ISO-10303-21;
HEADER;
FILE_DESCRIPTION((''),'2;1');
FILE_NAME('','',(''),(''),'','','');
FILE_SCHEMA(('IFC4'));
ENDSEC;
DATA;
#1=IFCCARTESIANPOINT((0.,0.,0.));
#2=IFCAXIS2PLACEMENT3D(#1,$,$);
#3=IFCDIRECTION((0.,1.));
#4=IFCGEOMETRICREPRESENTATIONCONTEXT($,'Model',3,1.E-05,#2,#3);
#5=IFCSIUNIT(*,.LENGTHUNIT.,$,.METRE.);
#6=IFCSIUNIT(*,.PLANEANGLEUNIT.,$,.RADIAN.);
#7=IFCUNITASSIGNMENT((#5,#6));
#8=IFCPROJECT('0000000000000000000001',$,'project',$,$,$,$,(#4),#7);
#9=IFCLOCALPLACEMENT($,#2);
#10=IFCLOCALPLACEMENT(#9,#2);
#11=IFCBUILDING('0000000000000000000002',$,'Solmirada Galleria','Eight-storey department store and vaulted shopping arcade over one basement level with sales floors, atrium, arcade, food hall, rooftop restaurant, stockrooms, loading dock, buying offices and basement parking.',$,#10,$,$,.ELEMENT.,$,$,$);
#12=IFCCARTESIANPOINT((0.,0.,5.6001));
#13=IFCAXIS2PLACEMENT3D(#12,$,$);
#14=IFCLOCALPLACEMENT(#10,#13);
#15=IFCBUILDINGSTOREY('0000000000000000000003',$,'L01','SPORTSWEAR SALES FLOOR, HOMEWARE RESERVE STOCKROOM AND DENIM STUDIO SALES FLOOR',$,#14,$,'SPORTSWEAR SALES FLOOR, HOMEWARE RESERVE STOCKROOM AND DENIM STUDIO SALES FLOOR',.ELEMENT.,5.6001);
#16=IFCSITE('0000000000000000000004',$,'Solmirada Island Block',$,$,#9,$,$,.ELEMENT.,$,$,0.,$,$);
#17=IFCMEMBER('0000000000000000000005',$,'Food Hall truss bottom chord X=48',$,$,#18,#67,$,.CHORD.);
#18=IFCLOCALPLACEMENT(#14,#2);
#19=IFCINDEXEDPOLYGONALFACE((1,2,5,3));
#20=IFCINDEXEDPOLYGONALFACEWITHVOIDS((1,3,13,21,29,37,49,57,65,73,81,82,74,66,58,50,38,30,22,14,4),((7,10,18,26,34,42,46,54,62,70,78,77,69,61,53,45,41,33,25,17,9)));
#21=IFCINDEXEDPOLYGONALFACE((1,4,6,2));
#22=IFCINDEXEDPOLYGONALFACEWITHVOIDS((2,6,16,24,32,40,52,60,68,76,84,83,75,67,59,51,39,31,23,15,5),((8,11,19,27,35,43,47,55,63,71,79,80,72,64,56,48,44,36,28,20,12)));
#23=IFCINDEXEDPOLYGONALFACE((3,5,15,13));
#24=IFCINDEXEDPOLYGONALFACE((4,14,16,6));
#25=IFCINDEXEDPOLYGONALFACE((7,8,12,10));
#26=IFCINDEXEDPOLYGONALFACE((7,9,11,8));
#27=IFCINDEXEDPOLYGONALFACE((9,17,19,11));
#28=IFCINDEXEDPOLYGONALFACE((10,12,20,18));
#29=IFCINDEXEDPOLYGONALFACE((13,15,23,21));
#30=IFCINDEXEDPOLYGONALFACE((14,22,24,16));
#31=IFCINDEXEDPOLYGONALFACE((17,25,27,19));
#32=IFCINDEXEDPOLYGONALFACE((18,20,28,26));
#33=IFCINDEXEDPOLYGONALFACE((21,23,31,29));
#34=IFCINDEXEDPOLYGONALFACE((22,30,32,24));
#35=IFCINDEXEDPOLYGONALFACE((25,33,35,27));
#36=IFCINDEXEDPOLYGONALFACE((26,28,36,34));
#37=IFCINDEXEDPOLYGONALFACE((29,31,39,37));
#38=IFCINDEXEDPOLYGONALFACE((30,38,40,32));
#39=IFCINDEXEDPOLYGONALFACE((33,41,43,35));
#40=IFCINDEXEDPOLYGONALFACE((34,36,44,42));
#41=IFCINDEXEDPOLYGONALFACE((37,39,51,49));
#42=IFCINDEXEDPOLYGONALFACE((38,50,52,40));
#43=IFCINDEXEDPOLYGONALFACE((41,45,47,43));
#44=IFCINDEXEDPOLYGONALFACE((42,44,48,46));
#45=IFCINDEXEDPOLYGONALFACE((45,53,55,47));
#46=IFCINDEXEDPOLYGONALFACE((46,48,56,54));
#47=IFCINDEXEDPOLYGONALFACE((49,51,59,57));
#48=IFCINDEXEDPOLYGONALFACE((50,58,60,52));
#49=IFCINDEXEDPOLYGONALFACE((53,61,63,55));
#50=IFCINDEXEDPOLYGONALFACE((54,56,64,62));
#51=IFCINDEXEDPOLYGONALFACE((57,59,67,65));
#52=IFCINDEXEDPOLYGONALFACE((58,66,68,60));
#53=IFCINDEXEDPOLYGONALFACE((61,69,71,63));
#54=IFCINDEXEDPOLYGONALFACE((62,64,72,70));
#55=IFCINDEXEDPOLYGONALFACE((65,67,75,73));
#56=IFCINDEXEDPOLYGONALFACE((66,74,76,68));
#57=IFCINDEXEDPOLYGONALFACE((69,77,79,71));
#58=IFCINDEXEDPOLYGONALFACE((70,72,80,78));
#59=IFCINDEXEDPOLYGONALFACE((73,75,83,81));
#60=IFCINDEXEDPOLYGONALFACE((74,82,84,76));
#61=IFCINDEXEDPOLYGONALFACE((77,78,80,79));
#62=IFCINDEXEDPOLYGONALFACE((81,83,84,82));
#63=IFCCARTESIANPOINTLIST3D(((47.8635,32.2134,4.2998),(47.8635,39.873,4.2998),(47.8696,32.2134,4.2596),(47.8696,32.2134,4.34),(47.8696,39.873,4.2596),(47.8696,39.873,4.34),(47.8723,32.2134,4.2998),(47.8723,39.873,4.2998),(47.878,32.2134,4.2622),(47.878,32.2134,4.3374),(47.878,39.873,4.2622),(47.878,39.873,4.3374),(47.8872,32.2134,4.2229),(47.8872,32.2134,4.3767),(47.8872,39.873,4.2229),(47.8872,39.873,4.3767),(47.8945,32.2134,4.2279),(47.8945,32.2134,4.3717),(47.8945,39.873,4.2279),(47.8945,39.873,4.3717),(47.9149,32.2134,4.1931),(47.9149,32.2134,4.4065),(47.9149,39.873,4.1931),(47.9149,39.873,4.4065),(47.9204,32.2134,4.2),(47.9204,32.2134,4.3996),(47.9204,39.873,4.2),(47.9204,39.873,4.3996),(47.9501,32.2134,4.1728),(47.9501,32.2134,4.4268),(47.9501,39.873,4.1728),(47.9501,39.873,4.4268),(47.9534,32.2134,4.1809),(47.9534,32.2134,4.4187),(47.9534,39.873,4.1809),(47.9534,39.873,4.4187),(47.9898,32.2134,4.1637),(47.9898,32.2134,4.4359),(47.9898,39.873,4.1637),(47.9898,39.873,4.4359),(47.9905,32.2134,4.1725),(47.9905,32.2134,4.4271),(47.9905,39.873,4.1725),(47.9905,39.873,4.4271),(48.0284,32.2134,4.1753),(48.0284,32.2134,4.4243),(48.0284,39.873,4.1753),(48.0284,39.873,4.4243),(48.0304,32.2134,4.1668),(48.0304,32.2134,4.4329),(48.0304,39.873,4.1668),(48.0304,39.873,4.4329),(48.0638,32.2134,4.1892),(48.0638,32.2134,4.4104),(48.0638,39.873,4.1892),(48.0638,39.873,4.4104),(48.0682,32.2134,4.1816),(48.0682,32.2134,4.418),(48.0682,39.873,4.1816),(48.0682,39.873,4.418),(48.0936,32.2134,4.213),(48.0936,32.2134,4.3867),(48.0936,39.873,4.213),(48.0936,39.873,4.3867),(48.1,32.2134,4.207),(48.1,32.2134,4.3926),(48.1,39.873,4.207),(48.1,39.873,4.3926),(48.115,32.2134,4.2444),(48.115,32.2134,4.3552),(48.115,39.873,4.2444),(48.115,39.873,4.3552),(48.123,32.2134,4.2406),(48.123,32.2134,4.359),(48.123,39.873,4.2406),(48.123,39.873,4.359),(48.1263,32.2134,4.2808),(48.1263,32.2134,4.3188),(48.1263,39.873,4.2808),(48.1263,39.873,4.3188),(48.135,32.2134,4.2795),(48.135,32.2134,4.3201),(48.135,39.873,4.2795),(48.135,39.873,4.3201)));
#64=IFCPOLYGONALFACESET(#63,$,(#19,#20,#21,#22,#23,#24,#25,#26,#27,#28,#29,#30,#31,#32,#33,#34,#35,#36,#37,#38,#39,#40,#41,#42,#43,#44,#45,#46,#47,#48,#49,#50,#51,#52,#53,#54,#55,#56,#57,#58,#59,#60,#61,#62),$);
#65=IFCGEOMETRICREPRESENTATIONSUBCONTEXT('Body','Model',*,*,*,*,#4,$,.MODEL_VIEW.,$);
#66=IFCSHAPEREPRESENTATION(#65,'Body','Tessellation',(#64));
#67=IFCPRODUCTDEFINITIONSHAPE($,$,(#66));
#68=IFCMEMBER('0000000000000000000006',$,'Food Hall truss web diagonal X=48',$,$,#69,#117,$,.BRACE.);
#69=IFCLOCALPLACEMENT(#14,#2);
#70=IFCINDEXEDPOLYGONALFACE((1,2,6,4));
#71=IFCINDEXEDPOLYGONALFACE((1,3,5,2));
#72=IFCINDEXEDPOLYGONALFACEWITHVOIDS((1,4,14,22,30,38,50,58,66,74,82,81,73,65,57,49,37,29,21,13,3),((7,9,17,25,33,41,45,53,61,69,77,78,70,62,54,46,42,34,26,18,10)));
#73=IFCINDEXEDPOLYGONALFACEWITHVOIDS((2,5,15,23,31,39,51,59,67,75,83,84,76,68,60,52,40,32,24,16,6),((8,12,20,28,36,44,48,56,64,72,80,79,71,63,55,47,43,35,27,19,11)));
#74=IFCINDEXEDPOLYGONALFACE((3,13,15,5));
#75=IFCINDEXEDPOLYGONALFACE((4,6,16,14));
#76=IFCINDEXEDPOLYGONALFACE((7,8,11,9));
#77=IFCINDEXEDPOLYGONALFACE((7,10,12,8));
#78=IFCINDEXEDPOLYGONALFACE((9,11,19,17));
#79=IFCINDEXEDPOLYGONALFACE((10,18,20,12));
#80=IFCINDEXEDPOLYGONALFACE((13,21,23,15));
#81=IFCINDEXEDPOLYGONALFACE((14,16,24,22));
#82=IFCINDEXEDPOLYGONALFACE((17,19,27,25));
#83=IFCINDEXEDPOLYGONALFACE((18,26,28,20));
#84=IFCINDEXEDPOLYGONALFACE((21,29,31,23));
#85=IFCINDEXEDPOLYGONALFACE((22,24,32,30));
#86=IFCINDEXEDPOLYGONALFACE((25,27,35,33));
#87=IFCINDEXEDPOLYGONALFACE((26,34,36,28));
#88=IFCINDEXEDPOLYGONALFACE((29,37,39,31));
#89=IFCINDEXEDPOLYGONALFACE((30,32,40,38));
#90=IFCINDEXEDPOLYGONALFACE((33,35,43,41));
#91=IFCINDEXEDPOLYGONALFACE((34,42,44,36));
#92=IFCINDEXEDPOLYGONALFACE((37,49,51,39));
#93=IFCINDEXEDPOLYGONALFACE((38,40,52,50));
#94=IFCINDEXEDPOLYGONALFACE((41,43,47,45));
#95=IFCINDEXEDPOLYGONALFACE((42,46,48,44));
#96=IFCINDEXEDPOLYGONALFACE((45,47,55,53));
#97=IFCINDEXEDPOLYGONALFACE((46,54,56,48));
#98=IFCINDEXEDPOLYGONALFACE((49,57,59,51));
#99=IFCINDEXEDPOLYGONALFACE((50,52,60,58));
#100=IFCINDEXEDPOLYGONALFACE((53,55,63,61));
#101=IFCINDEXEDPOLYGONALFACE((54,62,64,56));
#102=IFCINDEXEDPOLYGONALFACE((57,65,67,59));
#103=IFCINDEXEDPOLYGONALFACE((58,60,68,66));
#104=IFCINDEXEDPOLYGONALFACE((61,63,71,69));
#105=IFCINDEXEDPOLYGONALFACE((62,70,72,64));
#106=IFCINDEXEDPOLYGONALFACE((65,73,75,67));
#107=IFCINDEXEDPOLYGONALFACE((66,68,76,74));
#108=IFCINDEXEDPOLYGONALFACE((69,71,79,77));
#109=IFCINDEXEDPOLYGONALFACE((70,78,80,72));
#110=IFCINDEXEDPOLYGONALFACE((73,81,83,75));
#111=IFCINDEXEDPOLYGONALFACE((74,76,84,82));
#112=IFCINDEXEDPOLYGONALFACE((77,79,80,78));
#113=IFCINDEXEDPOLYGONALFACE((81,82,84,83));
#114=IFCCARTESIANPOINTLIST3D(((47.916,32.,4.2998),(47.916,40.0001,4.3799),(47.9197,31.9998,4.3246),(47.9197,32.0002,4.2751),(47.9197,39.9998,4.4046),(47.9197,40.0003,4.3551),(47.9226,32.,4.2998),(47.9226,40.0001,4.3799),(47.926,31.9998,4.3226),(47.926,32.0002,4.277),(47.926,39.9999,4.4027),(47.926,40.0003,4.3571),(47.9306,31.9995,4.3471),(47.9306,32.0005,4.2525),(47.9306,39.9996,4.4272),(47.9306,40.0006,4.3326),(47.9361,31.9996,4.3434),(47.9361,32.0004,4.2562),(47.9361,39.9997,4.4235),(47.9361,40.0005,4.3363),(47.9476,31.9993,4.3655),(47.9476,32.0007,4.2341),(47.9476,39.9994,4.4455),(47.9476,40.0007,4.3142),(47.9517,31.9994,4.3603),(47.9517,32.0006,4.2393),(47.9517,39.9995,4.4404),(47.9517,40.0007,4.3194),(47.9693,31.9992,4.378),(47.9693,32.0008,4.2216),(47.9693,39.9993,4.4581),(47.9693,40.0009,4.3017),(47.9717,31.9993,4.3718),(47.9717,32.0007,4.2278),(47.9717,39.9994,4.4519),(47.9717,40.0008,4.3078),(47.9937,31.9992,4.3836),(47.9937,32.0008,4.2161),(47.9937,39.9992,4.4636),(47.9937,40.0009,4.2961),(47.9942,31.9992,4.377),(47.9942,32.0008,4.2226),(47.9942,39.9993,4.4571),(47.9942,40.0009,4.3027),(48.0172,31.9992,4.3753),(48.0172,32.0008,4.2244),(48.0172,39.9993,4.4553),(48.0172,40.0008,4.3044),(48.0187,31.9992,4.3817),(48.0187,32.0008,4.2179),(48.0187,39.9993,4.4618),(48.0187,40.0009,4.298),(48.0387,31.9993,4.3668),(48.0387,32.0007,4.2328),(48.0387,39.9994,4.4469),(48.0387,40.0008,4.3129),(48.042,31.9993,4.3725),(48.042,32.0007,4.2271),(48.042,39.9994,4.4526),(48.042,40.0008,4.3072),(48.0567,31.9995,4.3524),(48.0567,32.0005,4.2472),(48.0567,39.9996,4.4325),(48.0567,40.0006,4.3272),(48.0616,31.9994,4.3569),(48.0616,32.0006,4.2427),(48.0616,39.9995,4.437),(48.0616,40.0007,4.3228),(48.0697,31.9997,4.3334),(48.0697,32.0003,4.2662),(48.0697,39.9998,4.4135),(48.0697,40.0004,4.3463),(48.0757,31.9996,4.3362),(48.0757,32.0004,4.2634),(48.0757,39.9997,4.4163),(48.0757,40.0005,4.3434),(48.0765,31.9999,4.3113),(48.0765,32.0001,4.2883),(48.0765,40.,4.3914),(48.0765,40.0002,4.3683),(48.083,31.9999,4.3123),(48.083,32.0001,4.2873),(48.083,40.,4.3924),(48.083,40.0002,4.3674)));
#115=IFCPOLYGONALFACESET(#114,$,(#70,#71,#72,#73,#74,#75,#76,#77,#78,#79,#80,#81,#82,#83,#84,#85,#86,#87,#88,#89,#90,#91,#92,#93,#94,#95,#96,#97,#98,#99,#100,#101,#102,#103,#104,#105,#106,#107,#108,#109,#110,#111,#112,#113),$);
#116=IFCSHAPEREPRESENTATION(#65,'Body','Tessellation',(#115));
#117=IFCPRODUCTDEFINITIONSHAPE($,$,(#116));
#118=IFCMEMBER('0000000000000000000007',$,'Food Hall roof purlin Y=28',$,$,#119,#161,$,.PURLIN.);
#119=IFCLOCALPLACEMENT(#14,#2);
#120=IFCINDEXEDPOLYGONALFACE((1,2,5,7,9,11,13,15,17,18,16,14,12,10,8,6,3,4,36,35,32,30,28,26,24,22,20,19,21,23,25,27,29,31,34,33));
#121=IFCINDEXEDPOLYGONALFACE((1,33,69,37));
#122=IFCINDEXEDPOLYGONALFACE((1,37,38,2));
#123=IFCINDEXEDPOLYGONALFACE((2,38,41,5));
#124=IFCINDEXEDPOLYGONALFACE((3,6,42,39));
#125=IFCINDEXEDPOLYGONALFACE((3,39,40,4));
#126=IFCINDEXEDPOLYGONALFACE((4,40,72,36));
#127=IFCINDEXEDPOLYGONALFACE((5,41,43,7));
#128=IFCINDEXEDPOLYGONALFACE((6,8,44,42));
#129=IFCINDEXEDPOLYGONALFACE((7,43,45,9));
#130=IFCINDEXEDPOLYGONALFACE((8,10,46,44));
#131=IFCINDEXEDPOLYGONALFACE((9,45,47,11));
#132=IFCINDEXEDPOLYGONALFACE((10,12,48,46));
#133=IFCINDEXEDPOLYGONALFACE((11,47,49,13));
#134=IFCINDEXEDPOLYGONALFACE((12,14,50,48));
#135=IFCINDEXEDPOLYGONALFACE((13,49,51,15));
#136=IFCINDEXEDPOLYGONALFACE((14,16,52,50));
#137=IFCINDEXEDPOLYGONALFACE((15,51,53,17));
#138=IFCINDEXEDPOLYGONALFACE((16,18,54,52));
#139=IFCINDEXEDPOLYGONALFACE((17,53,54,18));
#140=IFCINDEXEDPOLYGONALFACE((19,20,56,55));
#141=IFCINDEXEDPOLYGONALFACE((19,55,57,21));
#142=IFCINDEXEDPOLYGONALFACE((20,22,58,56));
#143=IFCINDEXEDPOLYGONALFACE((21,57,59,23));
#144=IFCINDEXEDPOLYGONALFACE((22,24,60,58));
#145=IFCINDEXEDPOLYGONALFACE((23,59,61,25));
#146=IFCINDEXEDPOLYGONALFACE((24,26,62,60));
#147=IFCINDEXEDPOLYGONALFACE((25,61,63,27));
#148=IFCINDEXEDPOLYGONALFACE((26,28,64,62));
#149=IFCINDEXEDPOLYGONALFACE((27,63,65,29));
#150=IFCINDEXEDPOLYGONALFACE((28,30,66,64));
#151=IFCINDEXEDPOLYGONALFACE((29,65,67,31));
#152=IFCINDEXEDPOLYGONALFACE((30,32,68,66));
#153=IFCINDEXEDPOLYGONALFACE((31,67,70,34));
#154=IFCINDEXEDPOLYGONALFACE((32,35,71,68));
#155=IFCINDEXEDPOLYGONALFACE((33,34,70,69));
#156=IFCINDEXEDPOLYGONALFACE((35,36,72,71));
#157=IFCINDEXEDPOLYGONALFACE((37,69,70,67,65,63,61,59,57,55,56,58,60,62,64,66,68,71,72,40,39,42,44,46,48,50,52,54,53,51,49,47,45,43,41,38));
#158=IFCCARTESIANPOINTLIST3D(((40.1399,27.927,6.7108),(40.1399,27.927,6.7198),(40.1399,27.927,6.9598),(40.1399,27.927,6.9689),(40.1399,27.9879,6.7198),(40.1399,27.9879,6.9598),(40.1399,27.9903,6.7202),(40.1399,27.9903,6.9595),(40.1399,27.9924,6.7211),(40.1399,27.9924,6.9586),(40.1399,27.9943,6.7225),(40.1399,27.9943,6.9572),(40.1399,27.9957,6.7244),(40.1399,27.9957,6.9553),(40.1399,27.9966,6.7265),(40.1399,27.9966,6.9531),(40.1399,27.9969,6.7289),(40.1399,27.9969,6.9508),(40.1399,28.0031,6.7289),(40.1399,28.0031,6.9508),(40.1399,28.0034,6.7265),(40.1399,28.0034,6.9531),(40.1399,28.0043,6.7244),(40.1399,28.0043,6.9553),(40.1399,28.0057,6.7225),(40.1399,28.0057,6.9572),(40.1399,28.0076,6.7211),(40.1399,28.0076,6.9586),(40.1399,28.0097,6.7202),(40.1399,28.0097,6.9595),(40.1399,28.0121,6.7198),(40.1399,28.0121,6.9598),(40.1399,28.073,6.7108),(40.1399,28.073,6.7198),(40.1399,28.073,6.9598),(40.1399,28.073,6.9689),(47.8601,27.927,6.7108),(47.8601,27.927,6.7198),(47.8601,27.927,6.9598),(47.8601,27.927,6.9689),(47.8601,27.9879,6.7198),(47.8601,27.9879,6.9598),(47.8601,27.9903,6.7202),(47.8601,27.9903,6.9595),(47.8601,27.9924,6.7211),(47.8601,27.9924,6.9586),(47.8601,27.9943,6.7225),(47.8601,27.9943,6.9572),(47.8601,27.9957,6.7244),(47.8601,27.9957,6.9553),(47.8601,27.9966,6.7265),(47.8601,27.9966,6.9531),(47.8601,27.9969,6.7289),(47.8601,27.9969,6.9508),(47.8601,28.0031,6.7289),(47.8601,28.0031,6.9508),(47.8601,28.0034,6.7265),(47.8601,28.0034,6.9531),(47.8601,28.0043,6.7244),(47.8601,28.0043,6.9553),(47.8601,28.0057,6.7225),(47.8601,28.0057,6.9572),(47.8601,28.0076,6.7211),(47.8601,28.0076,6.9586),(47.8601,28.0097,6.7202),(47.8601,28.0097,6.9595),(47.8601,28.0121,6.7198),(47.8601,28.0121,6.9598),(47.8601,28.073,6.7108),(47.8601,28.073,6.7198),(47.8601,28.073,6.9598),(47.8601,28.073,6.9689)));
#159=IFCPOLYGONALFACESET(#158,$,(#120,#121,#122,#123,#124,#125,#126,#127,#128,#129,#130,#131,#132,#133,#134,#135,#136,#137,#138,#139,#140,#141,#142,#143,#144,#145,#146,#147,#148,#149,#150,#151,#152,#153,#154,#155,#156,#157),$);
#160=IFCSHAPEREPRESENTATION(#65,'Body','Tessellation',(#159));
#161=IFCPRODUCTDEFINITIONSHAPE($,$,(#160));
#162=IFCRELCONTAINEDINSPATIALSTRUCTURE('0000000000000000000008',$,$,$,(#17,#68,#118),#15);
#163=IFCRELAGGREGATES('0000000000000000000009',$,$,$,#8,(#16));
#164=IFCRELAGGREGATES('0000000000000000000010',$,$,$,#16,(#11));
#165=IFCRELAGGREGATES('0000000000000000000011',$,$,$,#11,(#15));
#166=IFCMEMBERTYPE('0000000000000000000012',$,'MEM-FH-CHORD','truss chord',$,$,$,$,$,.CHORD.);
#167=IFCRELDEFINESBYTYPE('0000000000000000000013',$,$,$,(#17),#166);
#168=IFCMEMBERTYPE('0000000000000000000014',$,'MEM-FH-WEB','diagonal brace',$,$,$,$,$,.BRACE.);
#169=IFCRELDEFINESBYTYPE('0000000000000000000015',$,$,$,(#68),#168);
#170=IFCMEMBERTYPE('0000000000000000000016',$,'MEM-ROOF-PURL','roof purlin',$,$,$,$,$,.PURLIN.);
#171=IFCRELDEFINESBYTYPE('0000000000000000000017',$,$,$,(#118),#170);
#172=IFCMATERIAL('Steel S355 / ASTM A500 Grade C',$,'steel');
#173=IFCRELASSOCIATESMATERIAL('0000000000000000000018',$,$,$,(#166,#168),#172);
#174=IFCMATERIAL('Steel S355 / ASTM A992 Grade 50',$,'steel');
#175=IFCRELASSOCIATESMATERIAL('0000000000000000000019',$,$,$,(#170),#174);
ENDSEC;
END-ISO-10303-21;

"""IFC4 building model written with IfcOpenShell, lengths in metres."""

from ifc_helpers import new_model, si_unit, direction, frame, origin, origin_2d, place, context, subcontext, project, spatial, hollow_circle, i_section, extrude, material, material_profile, profile_set, type_object, element, save


model = new_model("IFC4")

# Units and contexts
model_context = context("Model", 3, precision=1e-05, world=origin(), true_north=direction((0.0, 1.0)))
body_context = subcontext(model_context, "Body", "Model", "MODEL_VIEW")
ifc_project = project(units=[si_unit("LENGTHUNIT", "METRE"), si_unit("PLANEANGLEUNIT", "RADIAN")], contexts=[model_context])

# Site, building, storey
site_placement = place(None, origin())
site = spatial("IfcSite", under=ifc_project, at=site_placement, Name="Solmirada Island Block", CompositionType="ELEMENT", RefElevation=0.0)
building_placement = place(site_placement, origin())
building = spatial("IfcBuilding", under=site, at=building_placement, Name="Solmirada Galleria", Description="Eight-storey department store and vaulted shopping arcade over one basement level with sales floors, atrium, arcade, food hall, rooftop restaurant, stockrooms, loading dock, buying offices and basement parking.", CompositionType="ELEMENT")
storey_placement = place(building_placement, frame((0.0, 0.0, 5.6001)))
storey = spatial("IfcBuildingStorey", under=building, at=storey_placement, Name="L01", Description="SPORTSWEAR SALES FLOOR, HOMEWARE RESERVE STOCKROOM AND DENIM STUDIO SALES FLOOR", LongName="SPORTSWEAR SALES FLOOR, HOMEWARE RESERVE STOCKROOM AND DENIM STUDIO SALES FLOOR", CompositionType="ELEMENT", Elevation=5.6001)

# Shared definitions
ifc_material_1 = material(Name="Steel S355 / ASTM A500 Grade C", Category="steel")

# Members
ifc_material_profile_1 = material_profile(ifc_material_1, hollow_circle(Radius=0.1365, WallThickness=0.0088, at=origin_2d()), Name="HSS10.750X0.375")
ifc_profile_set_1 = profile_set([ifc_material_profile_1], Name="Steel S355 / ASTM A500 Grade C")
member_type_1 = type_object("IfcMemberType", Name="MEM-FH-CHORD", Description="truss chord", PredefinedType="CHORD", material=ifc_profile_set_1)
for number, where, z_axis, x_axis, name in (
    (1, (48.0, 32.2134, 4.2998), (0.0, 1.0, 0.0), (-1.0, 0.0, 0.0), "Food Hall truss bottom chord X=48"),
):
    element("IfcMember", number, at=place(storey_placement, frame(where, z_axis=z_axis, x_axis=x_axis)), inside=storey, type_object=member_type_1, Name=name, PredefinedType="CHORD", context=body_context, shape_type="SweptSolid", body=[
        extrude(hollow_circle(Radius=0.1365, WallThickness=0.0088, at=origin_2d()), origin(), (0.0, 0.0, 1.0), 7.6597),
    ])
ifc_material_profile_2 = material_profile(ifc_material_1, hollow_circle(Radius=0.084, WallThickness=0.0066, at=origin_2d()), Name="HSS6.625X0.280")
ifc_profile_set_2 = profile_set([ifc_material_profile_2], Name="Steel S355 / ASTM A500 Grade C")
member_type_2 = type_object("IfcMemberType", Name="MEM-FH-WEB", Description="diagonal brace", PredefinedType="BRACE", material=ifc_profile_set_2)
member_placement = place(storey_placement, frame((48.0, 32.0, 4.2998), z_axis=(0.0, 0.99995, 0.010009), x_axis=(-1.0, 0.0, 0.0)))
element("IfcMember", 2, at=member_placement, inside=storey, type_object=member_type_2, Name="Food Hall truss web diagonal X=48", PredefinedType="BRACE", context=body_context, shape_type="SweptSolid", body=[
    extrude(hollow_circle(Radius=0.084, WallThickness=0.0066, at=origin_2d()), origin(), (0.0, 0.0, 1.0), 8.0005),
])
ifc_material_2 = material(Name="Steel S355 / ASTM A992 Grade 50", Category="steel")
ifc_material_profile_3 = material_profile(ifc_material_2, i_section(OverallWidth=0.146, OverallDepth=0.2581, WebThickness=0.0061, FlangeThickness=0.009, FilletRadius=0.009, at=origin_2d()), Name="W10X22")
ifc_profile_set_3 = profile_set([ifc_material_profile_3], Name="Steel S355 / ASTM A992 Grade 50")
member_type_3 = type_object("IfcMemberType", Name="MEM-ROOF-PURL", Description="roof purlin", PredefinedType="PURLIN", material=ifc_profile_set_3)
for number, where, z_axis, x_axis, name in (
    (3, (40.1399, 28.0, 6.8398), (1.0, 0.0, 0.0), (0.0, 1.0, 0.0), "Food Hall roof purlin Y=28"),
):
    element("IfcMember", number, at=place(storey_placement, frame(where, z_axis=z_axis, x_axis=x_axis)), inside=storey, type_object=member_type_3, Name=name, PredefinedType="PURLIN", context=body_context, shape_type="SweptSolid", body=[
        extrude(i_section(OverallWidth=0.146, OverallDepth=0.2581, WebThickness=0.0061, FlangeThickness=0.009, FilletRadius=0.009, at=origin_2d()), origin(), (0.0, 0.0, 1.0), 7.7202),
    ])

save(model, "model.ifc")
